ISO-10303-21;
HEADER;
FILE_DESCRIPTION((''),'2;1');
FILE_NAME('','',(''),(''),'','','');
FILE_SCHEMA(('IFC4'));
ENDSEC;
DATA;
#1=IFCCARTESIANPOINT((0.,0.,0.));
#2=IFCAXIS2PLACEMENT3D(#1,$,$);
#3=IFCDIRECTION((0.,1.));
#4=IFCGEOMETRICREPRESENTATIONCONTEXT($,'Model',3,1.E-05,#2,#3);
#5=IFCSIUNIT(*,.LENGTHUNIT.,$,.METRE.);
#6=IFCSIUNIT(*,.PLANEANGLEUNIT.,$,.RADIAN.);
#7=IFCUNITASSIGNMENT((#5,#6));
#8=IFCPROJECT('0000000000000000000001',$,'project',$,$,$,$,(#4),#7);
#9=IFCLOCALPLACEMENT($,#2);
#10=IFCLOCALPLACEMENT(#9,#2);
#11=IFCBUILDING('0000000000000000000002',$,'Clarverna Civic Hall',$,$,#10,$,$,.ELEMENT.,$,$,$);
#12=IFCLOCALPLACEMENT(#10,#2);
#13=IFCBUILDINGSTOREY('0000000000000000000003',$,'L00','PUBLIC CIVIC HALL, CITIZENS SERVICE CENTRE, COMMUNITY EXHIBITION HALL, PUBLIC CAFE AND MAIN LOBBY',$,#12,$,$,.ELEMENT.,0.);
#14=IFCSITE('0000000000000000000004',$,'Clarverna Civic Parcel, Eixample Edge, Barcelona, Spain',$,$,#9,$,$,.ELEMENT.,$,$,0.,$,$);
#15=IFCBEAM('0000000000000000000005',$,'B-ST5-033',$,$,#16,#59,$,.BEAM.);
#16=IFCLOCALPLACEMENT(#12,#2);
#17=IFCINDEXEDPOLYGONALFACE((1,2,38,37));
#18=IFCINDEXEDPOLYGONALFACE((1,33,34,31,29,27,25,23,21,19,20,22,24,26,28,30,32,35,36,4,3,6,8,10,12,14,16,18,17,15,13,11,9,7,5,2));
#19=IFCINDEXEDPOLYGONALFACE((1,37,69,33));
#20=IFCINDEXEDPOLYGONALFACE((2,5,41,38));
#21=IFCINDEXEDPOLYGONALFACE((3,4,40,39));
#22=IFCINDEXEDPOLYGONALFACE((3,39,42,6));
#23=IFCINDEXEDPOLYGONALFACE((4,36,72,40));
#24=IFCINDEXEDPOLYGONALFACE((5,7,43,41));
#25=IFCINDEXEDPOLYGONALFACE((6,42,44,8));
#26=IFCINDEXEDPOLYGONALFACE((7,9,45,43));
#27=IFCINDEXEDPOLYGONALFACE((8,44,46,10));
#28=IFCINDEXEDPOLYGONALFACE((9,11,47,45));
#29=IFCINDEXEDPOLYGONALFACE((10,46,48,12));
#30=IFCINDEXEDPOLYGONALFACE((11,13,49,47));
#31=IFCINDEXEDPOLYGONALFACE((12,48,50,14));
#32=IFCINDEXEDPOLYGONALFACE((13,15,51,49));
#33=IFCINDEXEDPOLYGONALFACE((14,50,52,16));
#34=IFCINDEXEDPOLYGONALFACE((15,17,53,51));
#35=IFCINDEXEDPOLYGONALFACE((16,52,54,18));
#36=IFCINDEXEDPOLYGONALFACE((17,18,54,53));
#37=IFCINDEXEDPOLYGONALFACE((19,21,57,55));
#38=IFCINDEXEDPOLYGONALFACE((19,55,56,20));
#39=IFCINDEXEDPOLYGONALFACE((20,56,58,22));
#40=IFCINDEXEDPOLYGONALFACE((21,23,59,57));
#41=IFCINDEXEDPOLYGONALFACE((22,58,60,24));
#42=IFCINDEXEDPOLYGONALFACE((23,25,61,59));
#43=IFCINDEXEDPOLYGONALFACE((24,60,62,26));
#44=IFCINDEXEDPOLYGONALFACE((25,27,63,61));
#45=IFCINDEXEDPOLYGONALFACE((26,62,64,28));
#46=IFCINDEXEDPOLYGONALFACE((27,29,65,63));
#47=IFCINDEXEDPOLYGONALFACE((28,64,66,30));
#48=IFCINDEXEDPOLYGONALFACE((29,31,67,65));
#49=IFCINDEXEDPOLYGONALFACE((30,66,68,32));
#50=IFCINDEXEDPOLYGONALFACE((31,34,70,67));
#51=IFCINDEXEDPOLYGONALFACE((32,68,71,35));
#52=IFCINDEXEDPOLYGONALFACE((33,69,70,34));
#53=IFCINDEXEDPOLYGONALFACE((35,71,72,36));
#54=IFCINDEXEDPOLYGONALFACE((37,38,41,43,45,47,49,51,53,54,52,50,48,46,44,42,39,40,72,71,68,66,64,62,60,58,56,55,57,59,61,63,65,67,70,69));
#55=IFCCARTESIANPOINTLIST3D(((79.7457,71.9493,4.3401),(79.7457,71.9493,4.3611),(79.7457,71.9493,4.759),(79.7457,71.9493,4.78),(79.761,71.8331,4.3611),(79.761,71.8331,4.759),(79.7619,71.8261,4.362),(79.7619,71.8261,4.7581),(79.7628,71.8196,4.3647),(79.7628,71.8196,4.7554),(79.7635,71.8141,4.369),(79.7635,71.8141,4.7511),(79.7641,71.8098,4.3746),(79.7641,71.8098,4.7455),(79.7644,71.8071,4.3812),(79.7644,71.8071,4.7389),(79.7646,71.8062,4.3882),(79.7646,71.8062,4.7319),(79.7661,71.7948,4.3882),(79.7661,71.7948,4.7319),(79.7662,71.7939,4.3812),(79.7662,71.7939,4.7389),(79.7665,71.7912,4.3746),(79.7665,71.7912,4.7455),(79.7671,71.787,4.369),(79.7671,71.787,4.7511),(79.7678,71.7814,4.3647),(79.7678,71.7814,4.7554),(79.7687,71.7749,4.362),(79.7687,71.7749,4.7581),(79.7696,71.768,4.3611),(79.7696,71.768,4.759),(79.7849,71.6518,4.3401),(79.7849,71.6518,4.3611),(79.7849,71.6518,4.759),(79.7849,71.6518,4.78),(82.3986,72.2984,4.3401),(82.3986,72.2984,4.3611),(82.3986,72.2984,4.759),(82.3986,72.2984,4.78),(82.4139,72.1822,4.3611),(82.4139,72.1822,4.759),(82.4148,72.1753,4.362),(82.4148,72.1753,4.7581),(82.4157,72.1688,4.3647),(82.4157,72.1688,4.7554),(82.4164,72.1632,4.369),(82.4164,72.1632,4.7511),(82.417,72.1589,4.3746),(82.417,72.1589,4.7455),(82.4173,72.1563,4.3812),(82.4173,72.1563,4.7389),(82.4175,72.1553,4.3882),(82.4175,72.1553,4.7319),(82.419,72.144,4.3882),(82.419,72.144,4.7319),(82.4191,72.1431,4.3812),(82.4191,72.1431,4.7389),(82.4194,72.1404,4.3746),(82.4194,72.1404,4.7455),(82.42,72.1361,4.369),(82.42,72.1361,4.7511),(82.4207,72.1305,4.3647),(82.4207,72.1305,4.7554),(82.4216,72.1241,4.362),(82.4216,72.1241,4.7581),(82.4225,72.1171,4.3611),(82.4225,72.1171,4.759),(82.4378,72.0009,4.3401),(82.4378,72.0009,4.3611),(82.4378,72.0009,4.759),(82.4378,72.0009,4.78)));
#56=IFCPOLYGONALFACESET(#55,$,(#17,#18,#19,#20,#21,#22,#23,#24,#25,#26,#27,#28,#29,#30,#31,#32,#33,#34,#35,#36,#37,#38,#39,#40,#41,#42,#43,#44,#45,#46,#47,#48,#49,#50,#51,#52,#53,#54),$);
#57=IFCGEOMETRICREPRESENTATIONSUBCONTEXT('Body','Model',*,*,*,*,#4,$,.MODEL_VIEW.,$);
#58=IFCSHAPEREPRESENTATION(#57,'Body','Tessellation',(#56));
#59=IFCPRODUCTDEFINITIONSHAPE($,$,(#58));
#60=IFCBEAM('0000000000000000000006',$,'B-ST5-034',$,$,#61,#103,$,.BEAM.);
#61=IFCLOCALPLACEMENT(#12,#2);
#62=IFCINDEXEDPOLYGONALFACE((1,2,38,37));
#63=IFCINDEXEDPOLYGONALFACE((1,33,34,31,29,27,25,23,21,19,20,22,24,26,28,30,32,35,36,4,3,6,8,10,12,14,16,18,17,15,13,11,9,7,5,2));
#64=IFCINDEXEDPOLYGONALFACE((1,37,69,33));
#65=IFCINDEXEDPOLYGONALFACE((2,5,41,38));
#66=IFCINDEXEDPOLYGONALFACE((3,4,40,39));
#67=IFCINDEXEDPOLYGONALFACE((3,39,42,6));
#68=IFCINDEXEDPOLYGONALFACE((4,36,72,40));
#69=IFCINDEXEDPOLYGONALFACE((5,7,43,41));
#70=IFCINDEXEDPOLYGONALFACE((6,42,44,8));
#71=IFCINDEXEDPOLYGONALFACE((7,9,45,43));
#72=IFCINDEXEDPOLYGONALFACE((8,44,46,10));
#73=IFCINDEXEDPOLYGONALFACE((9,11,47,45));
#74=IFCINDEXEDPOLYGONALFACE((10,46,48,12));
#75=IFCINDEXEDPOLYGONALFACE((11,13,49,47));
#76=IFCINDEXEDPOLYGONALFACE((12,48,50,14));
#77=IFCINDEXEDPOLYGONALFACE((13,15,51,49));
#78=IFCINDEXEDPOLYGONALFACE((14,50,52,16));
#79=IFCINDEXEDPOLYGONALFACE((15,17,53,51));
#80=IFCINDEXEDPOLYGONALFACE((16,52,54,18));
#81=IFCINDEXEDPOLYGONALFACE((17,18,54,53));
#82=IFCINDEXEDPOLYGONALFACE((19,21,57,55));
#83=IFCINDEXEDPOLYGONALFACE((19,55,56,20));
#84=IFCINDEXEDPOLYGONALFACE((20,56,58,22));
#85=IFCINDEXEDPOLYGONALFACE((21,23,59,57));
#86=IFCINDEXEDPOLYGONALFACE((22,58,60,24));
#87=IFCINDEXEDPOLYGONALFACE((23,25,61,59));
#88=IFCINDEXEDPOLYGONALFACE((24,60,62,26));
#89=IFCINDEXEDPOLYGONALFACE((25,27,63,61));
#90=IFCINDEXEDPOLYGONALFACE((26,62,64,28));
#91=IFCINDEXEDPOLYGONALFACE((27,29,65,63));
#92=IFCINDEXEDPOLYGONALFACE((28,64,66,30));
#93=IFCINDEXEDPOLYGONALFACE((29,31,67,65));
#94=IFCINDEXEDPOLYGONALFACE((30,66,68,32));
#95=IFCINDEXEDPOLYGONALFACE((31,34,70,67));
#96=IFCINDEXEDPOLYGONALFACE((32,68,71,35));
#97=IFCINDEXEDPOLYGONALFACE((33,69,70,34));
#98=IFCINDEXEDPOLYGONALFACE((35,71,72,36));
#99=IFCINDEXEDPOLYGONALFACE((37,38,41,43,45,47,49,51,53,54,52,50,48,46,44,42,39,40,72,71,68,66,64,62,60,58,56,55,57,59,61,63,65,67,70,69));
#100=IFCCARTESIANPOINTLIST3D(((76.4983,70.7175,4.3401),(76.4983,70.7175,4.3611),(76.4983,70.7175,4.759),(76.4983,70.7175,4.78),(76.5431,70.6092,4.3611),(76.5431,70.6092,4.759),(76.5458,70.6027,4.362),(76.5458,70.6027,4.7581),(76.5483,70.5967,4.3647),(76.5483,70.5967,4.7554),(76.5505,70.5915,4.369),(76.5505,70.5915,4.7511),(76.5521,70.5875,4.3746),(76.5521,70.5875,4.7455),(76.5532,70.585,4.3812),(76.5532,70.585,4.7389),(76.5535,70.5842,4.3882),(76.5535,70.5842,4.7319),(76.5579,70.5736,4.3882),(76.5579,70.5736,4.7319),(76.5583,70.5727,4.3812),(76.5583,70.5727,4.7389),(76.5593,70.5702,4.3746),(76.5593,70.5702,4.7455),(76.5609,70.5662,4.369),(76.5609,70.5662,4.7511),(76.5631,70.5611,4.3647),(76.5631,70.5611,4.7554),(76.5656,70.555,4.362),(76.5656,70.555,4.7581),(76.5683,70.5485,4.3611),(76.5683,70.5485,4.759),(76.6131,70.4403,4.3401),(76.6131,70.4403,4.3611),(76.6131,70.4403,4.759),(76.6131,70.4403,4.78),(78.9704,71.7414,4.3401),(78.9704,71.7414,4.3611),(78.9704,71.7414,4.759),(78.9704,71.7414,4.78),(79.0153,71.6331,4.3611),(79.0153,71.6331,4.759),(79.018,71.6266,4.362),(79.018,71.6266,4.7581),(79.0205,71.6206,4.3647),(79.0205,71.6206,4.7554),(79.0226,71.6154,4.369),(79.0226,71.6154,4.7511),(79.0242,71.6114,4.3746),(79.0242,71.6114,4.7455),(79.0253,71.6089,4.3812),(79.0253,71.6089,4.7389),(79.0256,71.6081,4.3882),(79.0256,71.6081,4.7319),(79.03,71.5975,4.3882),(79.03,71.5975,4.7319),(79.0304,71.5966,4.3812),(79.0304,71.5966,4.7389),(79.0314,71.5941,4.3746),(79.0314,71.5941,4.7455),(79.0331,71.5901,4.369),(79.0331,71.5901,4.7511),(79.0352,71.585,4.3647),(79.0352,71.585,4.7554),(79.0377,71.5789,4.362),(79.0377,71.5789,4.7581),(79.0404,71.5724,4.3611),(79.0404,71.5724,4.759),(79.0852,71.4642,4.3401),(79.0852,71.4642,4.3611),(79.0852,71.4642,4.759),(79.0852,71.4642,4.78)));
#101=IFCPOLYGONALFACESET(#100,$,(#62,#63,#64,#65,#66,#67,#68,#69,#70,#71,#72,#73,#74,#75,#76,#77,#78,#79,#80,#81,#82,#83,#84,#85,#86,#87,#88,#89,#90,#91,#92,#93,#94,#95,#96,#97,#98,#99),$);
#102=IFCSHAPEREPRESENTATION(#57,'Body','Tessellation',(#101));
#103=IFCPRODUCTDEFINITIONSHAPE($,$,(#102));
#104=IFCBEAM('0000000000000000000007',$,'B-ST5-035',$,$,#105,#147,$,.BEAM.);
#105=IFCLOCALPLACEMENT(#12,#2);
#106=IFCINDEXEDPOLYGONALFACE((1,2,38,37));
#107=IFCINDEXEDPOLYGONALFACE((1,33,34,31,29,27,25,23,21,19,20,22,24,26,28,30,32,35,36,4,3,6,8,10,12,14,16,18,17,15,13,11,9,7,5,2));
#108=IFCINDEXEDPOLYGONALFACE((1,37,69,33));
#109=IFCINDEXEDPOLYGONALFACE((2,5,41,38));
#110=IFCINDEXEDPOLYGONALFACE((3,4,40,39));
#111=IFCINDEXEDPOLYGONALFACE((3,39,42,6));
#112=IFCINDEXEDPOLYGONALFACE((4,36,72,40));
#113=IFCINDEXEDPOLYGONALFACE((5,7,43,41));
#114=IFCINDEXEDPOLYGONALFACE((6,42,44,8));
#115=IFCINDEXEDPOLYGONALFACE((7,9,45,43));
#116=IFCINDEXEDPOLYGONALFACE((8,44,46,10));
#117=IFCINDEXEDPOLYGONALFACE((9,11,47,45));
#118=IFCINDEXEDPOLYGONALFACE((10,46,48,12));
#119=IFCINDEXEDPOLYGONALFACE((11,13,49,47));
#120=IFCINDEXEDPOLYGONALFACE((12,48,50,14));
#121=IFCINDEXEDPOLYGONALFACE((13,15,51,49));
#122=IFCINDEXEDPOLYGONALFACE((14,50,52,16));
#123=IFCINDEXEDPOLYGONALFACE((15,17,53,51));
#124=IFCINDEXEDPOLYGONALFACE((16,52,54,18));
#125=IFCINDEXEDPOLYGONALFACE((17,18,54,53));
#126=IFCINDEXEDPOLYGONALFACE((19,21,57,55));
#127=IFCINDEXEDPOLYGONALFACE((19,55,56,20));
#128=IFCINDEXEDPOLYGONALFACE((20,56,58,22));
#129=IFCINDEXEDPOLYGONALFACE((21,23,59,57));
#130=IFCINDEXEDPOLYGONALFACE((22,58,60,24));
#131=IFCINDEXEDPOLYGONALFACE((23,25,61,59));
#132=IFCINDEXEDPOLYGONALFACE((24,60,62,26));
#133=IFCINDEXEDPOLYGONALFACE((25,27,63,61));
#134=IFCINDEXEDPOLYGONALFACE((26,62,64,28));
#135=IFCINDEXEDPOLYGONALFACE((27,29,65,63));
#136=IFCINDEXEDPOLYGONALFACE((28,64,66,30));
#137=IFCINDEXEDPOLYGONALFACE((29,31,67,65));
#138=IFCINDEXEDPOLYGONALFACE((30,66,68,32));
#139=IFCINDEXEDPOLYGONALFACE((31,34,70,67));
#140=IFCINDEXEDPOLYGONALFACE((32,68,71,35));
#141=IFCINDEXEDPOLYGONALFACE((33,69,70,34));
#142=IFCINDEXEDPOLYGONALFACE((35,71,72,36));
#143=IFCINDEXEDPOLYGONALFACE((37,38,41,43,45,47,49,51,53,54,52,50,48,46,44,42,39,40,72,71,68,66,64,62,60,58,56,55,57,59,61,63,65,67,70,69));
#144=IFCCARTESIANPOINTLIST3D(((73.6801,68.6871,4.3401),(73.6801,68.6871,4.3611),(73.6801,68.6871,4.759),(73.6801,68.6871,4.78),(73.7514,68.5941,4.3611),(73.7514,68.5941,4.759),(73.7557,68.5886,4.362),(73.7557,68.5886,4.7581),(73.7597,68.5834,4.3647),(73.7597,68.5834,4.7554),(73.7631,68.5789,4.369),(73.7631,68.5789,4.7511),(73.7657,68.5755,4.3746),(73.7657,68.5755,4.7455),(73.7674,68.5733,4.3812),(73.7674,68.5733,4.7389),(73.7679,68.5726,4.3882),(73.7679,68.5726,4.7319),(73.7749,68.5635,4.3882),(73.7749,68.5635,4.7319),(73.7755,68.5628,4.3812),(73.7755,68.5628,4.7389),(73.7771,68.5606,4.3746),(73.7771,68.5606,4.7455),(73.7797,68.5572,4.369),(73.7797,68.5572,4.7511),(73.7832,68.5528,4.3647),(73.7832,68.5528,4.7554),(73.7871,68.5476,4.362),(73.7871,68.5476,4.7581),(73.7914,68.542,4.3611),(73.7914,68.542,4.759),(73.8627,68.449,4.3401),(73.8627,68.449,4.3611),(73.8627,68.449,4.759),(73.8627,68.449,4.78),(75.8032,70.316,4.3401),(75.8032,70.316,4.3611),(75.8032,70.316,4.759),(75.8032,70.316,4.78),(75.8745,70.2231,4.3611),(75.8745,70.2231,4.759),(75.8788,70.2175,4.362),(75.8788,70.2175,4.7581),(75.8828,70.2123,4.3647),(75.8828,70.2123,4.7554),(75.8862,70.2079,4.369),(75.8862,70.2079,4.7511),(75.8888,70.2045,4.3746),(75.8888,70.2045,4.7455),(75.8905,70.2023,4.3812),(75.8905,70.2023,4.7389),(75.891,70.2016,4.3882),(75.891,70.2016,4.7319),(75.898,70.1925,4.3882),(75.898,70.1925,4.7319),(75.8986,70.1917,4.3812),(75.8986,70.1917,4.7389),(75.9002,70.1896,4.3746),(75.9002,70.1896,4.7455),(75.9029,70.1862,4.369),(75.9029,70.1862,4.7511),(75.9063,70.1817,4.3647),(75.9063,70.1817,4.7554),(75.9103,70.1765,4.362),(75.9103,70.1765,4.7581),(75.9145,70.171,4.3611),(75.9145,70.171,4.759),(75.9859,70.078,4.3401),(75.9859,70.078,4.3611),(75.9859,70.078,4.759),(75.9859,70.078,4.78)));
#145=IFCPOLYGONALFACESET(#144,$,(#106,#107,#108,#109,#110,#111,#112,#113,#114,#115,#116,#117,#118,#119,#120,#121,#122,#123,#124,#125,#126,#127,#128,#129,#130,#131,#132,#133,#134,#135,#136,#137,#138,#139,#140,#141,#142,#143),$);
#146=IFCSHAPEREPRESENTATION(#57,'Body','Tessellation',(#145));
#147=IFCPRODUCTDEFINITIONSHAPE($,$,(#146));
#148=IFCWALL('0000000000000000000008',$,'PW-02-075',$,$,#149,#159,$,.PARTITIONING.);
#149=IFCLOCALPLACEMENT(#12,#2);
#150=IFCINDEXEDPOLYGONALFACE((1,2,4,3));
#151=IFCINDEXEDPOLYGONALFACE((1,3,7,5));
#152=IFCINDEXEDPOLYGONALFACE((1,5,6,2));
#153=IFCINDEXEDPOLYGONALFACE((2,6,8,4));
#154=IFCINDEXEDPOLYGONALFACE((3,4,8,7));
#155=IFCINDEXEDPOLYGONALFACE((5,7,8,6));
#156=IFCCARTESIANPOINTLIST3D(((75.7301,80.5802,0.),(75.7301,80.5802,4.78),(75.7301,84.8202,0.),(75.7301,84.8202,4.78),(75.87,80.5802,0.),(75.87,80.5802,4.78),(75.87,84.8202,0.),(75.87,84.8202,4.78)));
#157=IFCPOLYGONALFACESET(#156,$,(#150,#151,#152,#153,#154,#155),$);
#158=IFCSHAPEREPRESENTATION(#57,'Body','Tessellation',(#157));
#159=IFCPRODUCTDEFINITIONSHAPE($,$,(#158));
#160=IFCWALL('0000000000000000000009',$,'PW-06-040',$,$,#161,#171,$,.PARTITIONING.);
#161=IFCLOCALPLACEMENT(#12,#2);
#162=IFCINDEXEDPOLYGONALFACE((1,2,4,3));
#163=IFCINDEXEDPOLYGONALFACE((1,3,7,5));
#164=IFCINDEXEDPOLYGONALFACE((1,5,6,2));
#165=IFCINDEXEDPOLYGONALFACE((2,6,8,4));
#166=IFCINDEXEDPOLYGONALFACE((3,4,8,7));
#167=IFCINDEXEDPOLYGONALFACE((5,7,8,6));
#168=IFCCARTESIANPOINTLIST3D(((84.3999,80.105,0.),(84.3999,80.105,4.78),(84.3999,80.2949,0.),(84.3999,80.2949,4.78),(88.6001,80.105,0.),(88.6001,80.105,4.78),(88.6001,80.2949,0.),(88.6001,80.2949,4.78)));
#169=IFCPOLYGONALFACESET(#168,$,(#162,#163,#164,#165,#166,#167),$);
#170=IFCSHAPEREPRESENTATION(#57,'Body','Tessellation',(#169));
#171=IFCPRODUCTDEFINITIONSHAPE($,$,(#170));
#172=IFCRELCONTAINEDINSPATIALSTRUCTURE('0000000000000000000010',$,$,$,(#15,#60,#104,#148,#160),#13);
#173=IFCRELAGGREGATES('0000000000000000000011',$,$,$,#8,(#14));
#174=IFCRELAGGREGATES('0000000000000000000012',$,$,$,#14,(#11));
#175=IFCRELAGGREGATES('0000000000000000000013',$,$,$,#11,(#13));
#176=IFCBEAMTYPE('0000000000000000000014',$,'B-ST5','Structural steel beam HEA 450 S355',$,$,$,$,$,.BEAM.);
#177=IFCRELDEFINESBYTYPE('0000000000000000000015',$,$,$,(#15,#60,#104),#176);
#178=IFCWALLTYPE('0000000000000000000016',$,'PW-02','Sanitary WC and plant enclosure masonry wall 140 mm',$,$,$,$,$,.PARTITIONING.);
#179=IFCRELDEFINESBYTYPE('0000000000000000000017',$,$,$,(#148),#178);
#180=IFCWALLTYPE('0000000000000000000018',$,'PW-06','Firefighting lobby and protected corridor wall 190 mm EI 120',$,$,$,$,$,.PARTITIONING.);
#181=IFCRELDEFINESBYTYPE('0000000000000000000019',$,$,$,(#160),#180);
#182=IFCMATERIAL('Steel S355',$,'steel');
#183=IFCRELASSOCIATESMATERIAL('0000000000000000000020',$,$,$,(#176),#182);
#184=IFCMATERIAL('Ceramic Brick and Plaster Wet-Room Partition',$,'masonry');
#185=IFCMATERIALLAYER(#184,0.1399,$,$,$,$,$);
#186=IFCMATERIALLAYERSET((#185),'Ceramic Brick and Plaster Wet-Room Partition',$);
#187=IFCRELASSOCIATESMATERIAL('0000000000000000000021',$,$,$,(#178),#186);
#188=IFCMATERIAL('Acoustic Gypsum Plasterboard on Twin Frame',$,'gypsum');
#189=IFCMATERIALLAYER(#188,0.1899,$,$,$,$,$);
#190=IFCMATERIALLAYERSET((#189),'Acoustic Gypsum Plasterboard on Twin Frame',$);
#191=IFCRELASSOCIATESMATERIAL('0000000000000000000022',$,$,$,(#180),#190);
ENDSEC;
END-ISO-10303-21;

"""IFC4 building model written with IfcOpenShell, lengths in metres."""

from ifc_helpers import new_model, si_unit, direction, frame, frame_2d, origin, origin_2d, place, context, subcontext, project, spatial, rectangle, i_section, extrude, material, layer, layer_set, material_profile, profile_set, type_object, element, save


model = new_model("IFC4")

# Units and contexts
model_context = context("Model", 3, precision=1e-05, world=origin(), true_north=direction((0.0, 1.0)))
body_context = subcontext(model_context, "Body", "Model", "MODEL_VIEW")
ifc_project = project(units=[si_unit("LENGTHUNIT", "METRE"), si_unit("PLANEANGLEUNIT", "RADIAN")], contexts=[model_context])

# Site, building, storey
site_placement = place(None, origin())
site = spatial("IfcSite", under=ifc_project, at=site_placement, Name="Clarverna Civic Parcel, Eixample Edge, Barcelona, Spain", CompositionType="ELEMENT", RefElevation=0.0)
building_placement = place(site_placement, origin())
building = spatial("IfcBuilding", under=site, at=building_placement, Name="Clarverna Civic Hall", CompositionType="ELEMENT")
storey_placement = place(building_placement, origin())
storey = spatial("IfcBuildingStorey", under=building, at=storey_placement, Name="L00", Description="PUBLIC CIVIC HALL, CITIZENS SERVICE CENTRE, COMMUNITY EXHIBITION HALL, PUBLIC CAFE AND MAIN LOBBY", CompositionType="ELEMENT", Elevation=0.0)

# Beams
ifc_material_1 = material(Name="Steel S355", Category="steel")
ifc_material_profile_1 = material_profile(ifc_material_1, i_section(OverallWidth=0.3, OverallDepth=0.4399, WebThickness=0.0115, FlangeThickness=0.021, FilletRadius=0.0271, at=origin_2d()), Name="HEA 450")
ifc_profile_set_1 = profile_set([ifc_material_profile_1], Name="Steel S355")
beam_type_1 = type_object("IfcBeamType", Name="B-ST5", Description="Structural steel beam HEA 450 S355", PredefinedType="BEAM", material=ifc_profile_set_1)
for number, where, z_axis, x_axis, name in (
    (1, (82.4182, 72.1497, 4.5601), (-0.991451, -0.130478, 0.0), (0.130478, -0.991451, 0.0), "B-ST5-033"),
    (2, (79.0278, 71.6028, 4.5601), (-0.92389, -0.382658, 0.0), (0.382658, -0.92389, 0.0), "B-ST5-034"),
):
    element("IfcBeam", number, at=place(storey_placement, frame(where, z_axis=z_axis, x_axis=x_axis)), inside=storey, type_object=beam_type_1, Name=name, PredefinedType="BEAM", context=body_context, shape_type="SweptSolid", body=[
        extrude(i_section(OverallWidth=0.3, OverallDepth=0.4399, WebThickness=0.0115, FlangeThickness=0.021, FilletRadius=0.0271, at=origin_2d()), origin(), (0.0, 0.0, 1.0), 2.6758),
    ])
beam_1_placement = place(storey_placement, frame((75.8945, 70.197, 4.5601), z_axis=(-0.793383, -0.608723, 0.0), x_axis=(0.608723, -0.793383, 0.0)))
element("IfcBeam", 3, at=beam_1_placement, inside=storey, type_object=beam_type_1, Name="B-ST5-035", PredefinedType="BEAM", context=body_context, shape_type="SweptSolid", body=[
    extrude(i_section(OverallWidth=0.3, OverallDepth=0.4399, WebThickness=0.0115, FlangeThickness=0.021, FilletRadius=0.0271, at=origin_2d()), origin(), (0.0, 0.0, 1.0), 2.676),
])

# Wall
ifc_material_2 = material(Name="Ceramic Brick and Plaster Wet-Room Partition", Category="masonry")
ifc_layer_1 = layer(ifc_material_2, 0.1399)
ifc_layer_set_1 = layer_set([ifc_layer_1], Name="Ceramic Brick and Plaster Wet-Room Partition")
wall_type_1 = type_object("IfcWallType", Name="PW-02", Description="Sanitary WC and plant enclosure masonry wall 140 mm", PredefinedType="PARTITIONING", material=ifc_layer_set_1)
wall_1_placement = place(storey_placement, frame((75.8, 80.5801, 0.0), z_axis=(0.0, 0.0, 1.0), x_axis=(0.0, 1.0, 0.0)))
element("IfcWall", 4, at=wall_1_placement, inside=storey, type_object=wall_type_1, Name="PW-02-075", PredefinedType="PARTITIONING", context=body_context, shape_type="SweptSolid", body=[
    extrude(rectangle(XDim=4.24, YDim=0.1399, at=frame_2d((2.1201, 0.0))), origin(), (0.0, 0.0, 1.0), 4.78),
])

# Shared definitions
ifc_material_3 = material(Name="Acoustic Gypsum Plasterboard on Twin Frame", Category="gypsum")
ifc_layer_2 = layer(ifc_material_3, 0.1899)
ifc_layer_set_2 = layer_set([ifc_layer_2], Name="Acoustic Gypsum Plasterboard on Twin Frame")
wall_type_2 = type_object("IfcWallType", Name="PW-06", Description="Firefighting lobby and protected corridor wall 190 mm EI 120", PredefinedType="PARTITIONING", material=ifc_layer_set_2)

# Wall
wall_2_placement = place(storey_placement, frame((84.3999, 80.2, 0.0), z_axis=(0.0, 0.0, 1.0), x_axis=(1.0, 0.0, 0.0)))
element("IfcWall", 5, at=wall_2_placement, inside=storey, type_object=wall_type_2, Name="PW-06-040", PredefinedType="PARTITIONING", context=body_context, shape_type="SweptSolid", body=[
    extrude(rectangle(XDim=4.2002, YDim=0.1899, at=frame_2d((2.1001, 0.0))), origin(), (0.0, 0.0, 1.0), 4.78),
])

save(model, "model.ifc")
